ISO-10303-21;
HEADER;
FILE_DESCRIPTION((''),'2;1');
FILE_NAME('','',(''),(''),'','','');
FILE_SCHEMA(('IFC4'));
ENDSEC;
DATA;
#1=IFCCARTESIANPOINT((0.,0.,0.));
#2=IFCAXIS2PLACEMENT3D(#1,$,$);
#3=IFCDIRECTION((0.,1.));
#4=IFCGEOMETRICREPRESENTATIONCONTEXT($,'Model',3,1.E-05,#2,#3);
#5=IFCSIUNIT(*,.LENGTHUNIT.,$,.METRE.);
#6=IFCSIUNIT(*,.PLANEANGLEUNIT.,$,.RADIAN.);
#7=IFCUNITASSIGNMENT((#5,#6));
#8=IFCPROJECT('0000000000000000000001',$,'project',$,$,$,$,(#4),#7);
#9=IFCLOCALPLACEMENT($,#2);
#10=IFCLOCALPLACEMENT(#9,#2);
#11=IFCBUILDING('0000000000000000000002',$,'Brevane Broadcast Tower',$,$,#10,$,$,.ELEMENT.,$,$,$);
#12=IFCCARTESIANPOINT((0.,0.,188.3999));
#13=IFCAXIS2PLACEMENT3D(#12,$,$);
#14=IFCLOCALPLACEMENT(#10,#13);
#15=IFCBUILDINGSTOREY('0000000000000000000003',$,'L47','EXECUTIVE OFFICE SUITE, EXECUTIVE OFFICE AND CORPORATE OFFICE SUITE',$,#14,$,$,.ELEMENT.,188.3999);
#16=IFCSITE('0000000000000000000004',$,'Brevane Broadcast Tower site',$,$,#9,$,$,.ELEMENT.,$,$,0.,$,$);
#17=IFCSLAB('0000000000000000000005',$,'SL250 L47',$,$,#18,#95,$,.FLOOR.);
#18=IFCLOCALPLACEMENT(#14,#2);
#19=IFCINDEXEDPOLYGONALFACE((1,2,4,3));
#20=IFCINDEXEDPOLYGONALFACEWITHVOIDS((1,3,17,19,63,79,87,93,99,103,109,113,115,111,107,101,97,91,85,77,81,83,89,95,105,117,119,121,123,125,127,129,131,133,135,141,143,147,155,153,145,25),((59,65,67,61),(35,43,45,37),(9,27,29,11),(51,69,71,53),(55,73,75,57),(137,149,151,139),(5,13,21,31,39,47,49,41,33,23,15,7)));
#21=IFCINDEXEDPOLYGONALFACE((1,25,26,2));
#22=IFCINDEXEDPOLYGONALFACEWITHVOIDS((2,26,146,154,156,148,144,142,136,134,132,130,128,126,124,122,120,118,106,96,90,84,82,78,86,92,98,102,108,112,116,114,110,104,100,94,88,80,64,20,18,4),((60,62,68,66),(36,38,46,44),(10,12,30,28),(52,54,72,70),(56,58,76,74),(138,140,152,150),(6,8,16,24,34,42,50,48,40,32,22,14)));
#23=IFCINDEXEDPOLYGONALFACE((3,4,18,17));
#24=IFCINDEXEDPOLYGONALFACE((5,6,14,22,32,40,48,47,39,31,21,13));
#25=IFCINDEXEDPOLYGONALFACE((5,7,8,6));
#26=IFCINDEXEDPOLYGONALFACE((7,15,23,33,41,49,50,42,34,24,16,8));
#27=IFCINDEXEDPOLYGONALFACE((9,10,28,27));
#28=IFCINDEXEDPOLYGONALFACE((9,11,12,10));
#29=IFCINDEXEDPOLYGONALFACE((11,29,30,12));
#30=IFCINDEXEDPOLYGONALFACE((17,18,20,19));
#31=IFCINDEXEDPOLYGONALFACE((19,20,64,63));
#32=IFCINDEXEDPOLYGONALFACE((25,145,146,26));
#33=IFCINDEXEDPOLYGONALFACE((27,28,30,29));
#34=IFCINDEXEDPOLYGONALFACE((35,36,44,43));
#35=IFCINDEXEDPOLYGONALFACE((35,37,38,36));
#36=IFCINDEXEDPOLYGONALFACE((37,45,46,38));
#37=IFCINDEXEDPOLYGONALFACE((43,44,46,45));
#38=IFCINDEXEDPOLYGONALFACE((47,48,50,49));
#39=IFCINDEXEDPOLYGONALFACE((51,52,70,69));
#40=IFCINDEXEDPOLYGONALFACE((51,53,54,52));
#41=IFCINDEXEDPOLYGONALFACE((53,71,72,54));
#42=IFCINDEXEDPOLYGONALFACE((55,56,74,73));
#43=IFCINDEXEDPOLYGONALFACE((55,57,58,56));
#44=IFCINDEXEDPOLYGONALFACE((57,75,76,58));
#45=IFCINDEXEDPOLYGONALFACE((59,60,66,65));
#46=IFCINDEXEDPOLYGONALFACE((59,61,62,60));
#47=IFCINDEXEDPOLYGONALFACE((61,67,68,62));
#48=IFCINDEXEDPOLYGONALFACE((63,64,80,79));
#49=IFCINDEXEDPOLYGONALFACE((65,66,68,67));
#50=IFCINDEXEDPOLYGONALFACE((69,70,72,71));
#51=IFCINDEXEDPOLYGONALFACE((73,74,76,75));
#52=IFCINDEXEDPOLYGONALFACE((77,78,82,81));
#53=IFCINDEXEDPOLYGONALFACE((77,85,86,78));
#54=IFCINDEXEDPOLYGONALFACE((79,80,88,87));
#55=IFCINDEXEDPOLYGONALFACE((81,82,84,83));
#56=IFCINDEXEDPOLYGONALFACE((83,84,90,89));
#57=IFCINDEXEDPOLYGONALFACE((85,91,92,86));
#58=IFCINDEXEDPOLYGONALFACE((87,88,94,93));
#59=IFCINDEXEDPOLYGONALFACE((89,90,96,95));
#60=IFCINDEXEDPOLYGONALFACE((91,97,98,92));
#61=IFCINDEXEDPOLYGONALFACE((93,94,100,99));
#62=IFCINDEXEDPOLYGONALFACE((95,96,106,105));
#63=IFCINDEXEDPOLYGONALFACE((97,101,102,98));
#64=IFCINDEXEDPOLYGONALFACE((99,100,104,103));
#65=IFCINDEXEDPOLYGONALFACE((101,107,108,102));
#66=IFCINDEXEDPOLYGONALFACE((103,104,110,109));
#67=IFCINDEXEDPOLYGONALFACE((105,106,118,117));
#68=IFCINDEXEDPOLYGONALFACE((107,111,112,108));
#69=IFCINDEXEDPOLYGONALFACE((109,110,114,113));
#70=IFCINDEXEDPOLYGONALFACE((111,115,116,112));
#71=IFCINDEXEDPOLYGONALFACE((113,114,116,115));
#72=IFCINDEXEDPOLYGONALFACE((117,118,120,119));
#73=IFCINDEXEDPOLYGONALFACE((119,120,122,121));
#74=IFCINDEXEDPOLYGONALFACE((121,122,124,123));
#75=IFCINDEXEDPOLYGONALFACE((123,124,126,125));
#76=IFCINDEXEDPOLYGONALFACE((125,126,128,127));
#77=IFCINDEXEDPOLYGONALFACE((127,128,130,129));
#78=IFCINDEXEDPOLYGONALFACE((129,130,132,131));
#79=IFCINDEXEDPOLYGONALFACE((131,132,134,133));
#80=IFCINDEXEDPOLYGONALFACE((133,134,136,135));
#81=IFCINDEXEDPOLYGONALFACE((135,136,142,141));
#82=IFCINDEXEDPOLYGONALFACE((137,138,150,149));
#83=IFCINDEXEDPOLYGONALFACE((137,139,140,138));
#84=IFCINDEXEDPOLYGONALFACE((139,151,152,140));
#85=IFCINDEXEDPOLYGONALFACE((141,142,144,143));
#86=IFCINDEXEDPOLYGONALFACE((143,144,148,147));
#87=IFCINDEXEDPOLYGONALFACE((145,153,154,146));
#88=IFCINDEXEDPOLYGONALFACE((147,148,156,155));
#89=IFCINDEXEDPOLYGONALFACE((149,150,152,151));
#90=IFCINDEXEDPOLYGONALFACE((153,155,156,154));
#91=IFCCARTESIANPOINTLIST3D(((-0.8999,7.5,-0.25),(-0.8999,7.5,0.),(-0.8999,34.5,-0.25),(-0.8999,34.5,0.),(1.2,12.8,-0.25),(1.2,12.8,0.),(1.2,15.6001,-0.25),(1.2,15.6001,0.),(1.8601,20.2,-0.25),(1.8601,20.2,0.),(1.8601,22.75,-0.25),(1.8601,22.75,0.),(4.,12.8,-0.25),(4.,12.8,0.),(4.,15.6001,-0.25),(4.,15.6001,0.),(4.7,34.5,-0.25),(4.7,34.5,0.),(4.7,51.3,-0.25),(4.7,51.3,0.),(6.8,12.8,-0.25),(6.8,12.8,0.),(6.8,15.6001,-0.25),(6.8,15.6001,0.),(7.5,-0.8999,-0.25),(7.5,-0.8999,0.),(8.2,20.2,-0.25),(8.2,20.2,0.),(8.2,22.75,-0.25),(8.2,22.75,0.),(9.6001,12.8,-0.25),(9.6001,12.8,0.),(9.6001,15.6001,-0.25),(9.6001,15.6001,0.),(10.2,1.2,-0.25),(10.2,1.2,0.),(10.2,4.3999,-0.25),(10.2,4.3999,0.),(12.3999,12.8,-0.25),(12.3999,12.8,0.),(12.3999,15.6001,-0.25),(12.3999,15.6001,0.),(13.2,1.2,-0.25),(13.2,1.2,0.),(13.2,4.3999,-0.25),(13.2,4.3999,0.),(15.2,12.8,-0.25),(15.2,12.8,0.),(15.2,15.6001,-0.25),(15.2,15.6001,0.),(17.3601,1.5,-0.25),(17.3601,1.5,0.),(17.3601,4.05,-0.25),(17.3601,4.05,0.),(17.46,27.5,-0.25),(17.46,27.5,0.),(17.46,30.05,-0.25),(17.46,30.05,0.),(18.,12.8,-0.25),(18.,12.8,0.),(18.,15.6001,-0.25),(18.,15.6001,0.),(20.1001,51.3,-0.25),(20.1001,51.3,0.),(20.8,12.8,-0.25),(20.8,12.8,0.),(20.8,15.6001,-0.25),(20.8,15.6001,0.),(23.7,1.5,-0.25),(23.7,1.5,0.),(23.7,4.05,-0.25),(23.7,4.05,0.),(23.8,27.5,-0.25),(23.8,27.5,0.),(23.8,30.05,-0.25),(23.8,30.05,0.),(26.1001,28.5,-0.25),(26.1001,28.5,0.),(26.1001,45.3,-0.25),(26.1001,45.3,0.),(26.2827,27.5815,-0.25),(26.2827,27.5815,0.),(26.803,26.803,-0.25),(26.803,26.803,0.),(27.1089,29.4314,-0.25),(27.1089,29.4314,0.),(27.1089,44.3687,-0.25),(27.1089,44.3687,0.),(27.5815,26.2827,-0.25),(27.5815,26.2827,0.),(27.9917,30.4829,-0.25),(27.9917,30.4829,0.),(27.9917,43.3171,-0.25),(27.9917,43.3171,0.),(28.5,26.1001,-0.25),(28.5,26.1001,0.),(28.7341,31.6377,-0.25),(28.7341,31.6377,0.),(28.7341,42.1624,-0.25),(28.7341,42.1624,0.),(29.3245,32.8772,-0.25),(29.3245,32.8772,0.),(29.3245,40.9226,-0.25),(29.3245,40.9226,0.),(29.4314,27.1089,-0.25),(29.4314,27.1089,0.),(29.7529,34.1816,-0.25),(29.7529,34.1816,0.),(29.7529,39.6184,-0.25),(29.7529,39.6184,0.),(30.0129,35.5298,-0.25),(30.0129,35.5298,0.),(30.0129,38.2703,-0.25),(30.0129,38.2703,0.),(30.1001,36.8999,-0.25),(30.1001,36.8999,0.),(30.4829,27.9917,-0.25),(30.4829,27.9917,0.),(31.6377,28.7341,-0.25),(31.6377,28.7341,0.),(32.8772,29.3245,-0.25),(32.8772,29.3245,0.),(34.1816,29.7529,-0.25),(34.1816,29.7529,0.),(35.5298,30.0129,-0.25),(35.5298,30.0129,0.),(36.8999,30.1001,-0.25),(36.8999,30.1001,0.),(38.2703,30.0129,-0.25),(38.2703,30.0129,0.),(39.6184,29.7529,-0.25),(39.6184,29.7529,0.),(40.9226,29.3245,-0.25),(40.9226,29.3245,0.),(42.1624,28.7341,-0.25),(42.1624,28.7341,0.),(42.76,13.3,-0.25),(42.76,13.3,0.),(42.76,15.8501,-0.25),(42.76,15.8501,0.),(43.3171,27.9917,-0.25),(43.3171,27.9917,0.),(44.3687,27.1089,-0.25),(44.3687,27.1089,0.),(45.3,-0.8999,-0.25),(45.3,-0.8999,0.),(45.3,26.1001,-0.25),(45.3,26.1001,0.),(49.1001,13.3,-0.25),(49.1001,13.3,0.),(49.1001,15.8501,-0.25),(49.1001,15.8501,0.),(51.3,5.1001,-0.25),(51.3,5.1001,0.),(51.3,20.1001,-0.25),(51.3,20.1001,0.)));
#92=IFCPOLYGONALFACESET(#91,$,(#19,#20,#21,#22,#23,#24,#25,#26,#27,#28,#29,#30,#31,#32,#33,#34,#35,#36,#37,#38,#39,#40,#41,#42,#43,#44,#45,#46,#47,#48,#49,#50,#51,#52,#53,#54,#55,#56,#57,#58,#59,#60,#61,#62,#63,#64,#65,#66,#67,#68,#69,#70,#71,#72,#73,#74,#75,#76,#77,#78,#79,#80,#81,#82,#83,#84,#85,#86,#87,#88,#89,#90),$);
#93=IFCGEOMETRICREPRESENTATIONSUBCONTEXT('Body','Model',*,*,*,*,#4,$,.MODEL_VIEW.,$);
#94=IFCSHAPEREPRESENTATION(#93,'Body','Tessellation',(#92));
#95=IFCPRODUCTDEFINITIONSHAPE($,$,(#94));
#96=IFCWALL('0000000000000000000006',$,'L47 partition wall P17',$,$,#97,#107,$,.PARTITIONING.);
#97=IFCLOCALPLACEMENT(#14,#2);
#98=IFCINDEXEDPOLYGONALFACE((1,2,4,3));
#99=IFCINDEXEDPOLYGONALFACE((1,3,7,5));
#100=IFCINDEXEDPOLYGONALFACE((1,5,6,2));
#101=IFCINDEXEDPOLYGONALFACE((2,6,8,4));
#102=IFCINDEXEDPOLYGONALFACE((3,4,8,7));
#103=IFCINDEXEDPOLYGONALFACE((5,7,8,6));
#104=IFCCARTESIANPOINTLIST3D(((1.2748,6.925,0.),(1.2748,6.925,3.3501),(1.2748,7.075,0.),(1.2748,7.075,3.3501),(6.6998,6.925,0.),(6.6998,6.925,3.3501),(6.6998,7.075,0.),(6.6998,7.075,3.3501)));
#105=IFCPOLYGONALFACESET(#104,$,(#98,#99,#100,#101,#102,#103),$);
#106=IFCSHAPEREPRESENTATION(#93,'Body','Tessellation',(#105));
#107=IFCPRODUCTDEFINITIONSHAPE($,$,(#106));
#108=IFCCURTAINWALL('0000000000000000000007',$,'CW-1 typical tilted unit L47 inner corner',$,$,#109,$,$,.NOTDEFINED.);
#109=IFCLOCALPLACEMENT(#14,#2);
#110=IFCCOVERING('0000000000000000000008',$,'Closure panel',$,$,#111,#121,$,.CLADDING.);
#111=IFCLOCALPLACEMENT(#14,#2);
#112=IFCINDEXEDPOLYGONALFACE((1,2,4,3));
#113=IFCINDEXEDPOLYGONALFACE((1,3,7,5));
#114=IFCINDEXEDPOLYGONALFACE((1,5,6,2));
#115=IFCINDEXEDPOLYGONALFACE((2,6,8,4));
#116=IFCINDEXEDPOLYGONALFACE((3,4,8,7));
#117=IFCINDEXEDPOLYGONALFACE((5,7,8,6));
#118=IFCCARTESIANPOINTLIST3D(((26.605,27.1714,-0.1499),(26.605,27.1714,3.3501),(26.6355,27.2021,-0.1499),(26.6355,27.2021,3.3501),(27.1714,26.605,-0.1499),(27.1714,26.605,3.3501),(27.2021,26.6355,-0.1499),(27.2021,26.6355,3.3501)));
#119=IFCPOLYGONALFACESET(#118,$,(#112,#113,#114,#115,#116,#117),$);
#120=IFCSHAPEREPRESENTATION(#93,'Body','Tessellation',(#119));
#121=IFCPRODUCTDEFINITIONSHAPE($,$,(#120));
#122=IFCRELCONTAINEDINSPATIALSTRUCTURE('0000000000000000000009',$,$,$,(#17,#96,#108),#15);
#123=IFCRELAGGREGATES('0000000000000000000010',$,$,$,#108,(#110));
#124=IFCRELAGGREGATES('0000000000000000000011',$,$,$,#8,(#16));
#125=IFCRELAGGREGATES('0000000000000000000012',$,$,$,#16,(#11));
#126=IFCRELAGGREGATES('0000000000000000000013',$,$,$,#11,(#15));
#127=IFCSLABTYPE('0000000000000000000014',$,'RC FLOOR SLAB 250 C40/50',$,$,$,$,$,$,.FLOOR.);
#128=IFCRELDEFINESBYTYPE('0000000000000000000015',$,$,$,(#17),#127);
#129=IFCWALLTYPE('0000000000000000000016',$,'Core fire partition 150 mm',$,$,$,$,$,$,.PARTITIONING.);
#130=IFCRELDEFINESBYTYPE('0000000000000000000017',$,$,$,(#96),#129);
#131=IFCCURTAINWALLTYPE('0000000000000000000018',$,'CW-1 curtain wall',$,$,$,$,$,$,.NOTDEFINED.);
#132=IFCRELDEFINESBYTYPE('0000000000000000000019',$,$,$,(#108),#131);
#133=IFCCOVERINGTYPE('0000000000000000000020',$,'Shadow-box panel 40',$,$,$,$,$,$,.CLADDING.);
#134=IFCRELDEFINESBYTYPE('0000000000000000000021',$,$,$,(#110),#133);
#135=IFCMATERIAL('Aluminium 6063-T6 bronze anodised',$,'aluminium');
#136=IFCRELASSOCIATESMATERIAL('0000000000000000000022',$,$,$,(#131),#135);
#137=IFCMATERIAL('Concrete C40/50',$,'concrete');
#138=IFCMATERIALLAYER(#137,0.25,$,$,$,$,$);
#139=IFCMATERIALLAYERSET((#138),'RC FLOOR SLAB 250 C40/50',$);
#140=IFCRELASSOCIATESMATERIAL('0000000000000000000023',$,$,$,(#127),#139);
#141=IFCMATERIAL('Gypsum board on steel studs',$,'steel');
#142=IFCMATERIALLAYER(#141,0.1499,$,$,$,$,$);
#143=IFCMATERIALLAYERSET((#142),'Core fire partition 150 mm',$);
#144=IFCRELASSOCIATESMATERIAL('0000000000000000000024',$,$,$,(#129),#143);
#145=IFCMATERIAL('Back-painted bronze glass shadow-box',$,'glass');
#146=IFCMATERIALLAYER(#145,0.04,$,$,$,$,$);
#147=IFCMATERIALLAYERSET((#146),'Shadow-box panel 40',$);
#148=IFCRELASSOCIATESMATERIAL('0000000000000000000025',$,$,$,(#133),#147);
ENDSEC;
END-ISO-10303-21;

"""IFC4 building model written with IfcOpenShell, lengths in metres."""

from ifc_helpers import new_model, si_unit, direction, frame, frame_2d, origin, place, context, subcontext, project, spatial, polyline, rectangle, outline, extrude, material, layer, layer_set, type_object, element, aggregate, save


model = new_model("IFC4")

# Units and contexts
model_context = context("Model", 3, precision=1e-05, world=origin(), true_north=direction((0.0, 1.0)))
body_context = subcontext(model_context, "Body", "Model", "MODEL_VIEW")
ifc_project = project(units=[si_unit("LENGTHUNIT", "METRE"), si_unit("PLANEANGLEUNIT", "RADIAN")], contexts=[model_context])

# Site, building, storey
site_placement = place(None, origin())
site = spatial("IfcSite", under=ifc_project, at=site_placement, Name="Brevane Broadcast Tower site", CompositionType="ELEMENT", RefElevation=0.0)
building_placement = place(site_placement, origin())
building = spatial("IfcBuilding", under=site, at=building_placement, Name="Brevane Broadcast Tower", CompositionType="ELEMENT")
storey_placement = place(building_placement, frame((0.0, 0.0, 188.3999)))
storey = spatial("IfcBuildingStorey", under=building, at=storey_placement, Name="L47", Description="EXECUTIVE OFFICE SUITE, EXECUTIVE OFFICE AND CORPORATE OFFICE SUITE", CompositionType="ELEMENT", Elevation=188.3999)

# Shared definitions
ifc_material_1 = material(Name="Aluminium 6063-T6 bronze anodised", Category="aluminium")
curtain_wall_type = type_object("IfcCurtainWallType", Name="CW-1 curtain wall", PredefinedType="NOTDEFINED", material=ifc_material_1)

# Slab
ifc_material_2 = material(Name="Concrete C40/50", Category="concrete")
ifc_layer_1 = layer(ifc_material_2, 0.25)
ifc_layer_set_1 = layer_set([ifc_layer_1], Name="RC FLOOR SLAB 250 C40/50")
slab_type_1 = type_object("IfcSlabType", Name="RC FLOOR SLAB 250 C40/50", PredefinedType="FLOOR", material=ifc_layer_set_1)
slab_1_placement = place(storey_placement, frame((0.0, 0.0, -0.25)))
element("IfcSlab", 1, at=slab_1_placement, inside=storey, type_object=slab_type_1, Name="SL250 L47", PredefinedType="FLOOR", context=body_context, shape_type="SweptSolid", body=[
    extrude(outline(polyline([(-0.8999, 7.5), (-0.8999, 34.5), (4.7, 34.5), (4.7, 51.3), (20.1001, 51.3), (26.1001, 45.3), (27.1089, 44.3687), (27.9917, 43.3171), (28.7341, 42.1624), (29.3245, 40.9226), (29.7529, 39.6184), (30.0129, 38.2703), (30.1001, 36.8999), (30.0129, 35.5298), (29.7529, 34.1816), (29.3245, 32.8772), (28.7341, 31.6377), (27.9917, 30.4829), (27.1089, 29.4314), (26.1001, 28.5), (26.2827, 27.5815), (26.803, 26.803), (27.5815, 26.2827), (28.5, 26.1001), (29.4314, 27.1089), (30.4829, 27.9917), (31.6377, 28.7341), (32.8772, 29.3245), (34.1816, 29.7529), (35.5298, 30.0129), (36.8999, 30.1001), (38.2703, 30.0129), (39.6184, 29.7529), (40.9226, 29.3245), (42.1624, 28.7341), (43.3171, 27.9917), (44.3687, 27.1089), (45.3, 26.1001), (51.3, 20.1001), (51.3, 5.1001), (45.3, -0.8999), (7.5, -0.8999), (-0.8999, 7.5)]), holes=[polyline([(13.2, 4.3999), (10.2, 4.3999), (10.2, 1.2), (13.2, 1.2), (13.2, 4.3999)]), polyline([(4.0, 15.6001), (1.2, 15.6001), (1.2, 12.8), (4.0, 12.8), (6.8, 12.8), (9.6001, 12.8), (12.3999, 12.8), (15.2, 12.8), (15.2, 15.6001), (12.3999, 15.6001), (9.6001, 15.6001), (6.8, 15.6001), (4.0, 15.6001)]), polyline([(1.8601, 22.75), (1.8601, 20.2), (8.2, 20.2), (8.2, 22.75), (1.8601, 22.75)]), polyline([(23.7, 4.05), (17.3601, 4.05), (17.3601, 1.5), (23.7, 1.5), (23.7, 4.05)]), polyline([(20.8, 15.6001), (18.0, 15.6001), (18.0, 12.8), (20.8, 12.8), (20.8, 15.6001)]), polyline([(49.1001, 15.8501), (42.76, 15.8501), (42.76, 13.3), (49.1001, 13.3), (49.1001, 15.8501)]), polyline([(23.8, 30.05), (17.46, 30.05), (17.46, 27.5), (23.8, 27.5), (23.8, 30.05)])]), origin(), (0.0, 0.0, 1.0), 0.25),
])

# Wall
ifc_material_3 = material(Name="Gypsum board on steel studs", Category="steel")
ifc_layer_2 = layer(ifc_material_3, 0.1499)
ifc_layer_set_2 = layer_set([ifc_layer_2], Name="Core fire partition 150 mm")
wall_type = type_object("IfcWallType", Name="Core fire partition 150 mm", PredefinedType="PARTITIONING", material=ifc_layer_set_2)
wall_placement = place(storey_placement, frame((1.2749, 7.0, 0.0), z_axis=(0.0, 0.0, 1.0), x_axis=(1.0, 0.0, 0.0)))
element("IfcWall", 2, at=wall_placement, inside=storey, type_object=wall_type, Name="L47 partition wall P17", PredefinedType="PARTITIONING", context=body_context, shape_type="SweptSolid", body=[
    extrude(rectangle(XDim=5.425, YDim=0.1499, at=frame_2d((2.7124, 0.0))), origin(), (0.0, 0.0, 1.0), 3.3501),
])

# Curtain wall, covering
curtain_wall_1_placement = place(storey_placement, origin())
curtain_wall_1 = element("IfcCurtainWall", 3, at=curtain_wall_1_placement, inside=storey, type_object=curtain_wall_type, Name="CW-1 typical tilted unit L47 inner corner", PredefinedType="NOTDEFINED")
ifc_material_4 = material(Name="Back-painted bronze glass shadow-box", Category="glass")
ifc_layer_3 = layer(ifc_material_4, 0.04)
ifc_layer_set_3 = layer_set([ifc_layer_3], Name="Shadow-box panel 40")
covering_type = type_object("IfcCoveringType", Name="Shadow-box panel 40", PredefinedType="CLADDING", material=ifc_layer_set_3)
covering_placement = place(storey_placement, frame((0.0, 0.0, -0.1499)))
covering = element("IfcCovering", 4, at=covering_placement, type_object=covering_type, Name="Closure panel", PredefinedType="CLADDING", context=body_context, shape_type="SweptSolid", body=[
    extrude(outline(polyline([(27.1714, 26.605), (27.2021, 26.6355), (26.6355, 27.2021), (26.605, 27.1714), (27.1714, 26.605)])), origin(), (0.0, 0.0, 1.0), 3.5),
])
aggregate(curtain_wall_1, [covering])

save(model, "model.ifc")
